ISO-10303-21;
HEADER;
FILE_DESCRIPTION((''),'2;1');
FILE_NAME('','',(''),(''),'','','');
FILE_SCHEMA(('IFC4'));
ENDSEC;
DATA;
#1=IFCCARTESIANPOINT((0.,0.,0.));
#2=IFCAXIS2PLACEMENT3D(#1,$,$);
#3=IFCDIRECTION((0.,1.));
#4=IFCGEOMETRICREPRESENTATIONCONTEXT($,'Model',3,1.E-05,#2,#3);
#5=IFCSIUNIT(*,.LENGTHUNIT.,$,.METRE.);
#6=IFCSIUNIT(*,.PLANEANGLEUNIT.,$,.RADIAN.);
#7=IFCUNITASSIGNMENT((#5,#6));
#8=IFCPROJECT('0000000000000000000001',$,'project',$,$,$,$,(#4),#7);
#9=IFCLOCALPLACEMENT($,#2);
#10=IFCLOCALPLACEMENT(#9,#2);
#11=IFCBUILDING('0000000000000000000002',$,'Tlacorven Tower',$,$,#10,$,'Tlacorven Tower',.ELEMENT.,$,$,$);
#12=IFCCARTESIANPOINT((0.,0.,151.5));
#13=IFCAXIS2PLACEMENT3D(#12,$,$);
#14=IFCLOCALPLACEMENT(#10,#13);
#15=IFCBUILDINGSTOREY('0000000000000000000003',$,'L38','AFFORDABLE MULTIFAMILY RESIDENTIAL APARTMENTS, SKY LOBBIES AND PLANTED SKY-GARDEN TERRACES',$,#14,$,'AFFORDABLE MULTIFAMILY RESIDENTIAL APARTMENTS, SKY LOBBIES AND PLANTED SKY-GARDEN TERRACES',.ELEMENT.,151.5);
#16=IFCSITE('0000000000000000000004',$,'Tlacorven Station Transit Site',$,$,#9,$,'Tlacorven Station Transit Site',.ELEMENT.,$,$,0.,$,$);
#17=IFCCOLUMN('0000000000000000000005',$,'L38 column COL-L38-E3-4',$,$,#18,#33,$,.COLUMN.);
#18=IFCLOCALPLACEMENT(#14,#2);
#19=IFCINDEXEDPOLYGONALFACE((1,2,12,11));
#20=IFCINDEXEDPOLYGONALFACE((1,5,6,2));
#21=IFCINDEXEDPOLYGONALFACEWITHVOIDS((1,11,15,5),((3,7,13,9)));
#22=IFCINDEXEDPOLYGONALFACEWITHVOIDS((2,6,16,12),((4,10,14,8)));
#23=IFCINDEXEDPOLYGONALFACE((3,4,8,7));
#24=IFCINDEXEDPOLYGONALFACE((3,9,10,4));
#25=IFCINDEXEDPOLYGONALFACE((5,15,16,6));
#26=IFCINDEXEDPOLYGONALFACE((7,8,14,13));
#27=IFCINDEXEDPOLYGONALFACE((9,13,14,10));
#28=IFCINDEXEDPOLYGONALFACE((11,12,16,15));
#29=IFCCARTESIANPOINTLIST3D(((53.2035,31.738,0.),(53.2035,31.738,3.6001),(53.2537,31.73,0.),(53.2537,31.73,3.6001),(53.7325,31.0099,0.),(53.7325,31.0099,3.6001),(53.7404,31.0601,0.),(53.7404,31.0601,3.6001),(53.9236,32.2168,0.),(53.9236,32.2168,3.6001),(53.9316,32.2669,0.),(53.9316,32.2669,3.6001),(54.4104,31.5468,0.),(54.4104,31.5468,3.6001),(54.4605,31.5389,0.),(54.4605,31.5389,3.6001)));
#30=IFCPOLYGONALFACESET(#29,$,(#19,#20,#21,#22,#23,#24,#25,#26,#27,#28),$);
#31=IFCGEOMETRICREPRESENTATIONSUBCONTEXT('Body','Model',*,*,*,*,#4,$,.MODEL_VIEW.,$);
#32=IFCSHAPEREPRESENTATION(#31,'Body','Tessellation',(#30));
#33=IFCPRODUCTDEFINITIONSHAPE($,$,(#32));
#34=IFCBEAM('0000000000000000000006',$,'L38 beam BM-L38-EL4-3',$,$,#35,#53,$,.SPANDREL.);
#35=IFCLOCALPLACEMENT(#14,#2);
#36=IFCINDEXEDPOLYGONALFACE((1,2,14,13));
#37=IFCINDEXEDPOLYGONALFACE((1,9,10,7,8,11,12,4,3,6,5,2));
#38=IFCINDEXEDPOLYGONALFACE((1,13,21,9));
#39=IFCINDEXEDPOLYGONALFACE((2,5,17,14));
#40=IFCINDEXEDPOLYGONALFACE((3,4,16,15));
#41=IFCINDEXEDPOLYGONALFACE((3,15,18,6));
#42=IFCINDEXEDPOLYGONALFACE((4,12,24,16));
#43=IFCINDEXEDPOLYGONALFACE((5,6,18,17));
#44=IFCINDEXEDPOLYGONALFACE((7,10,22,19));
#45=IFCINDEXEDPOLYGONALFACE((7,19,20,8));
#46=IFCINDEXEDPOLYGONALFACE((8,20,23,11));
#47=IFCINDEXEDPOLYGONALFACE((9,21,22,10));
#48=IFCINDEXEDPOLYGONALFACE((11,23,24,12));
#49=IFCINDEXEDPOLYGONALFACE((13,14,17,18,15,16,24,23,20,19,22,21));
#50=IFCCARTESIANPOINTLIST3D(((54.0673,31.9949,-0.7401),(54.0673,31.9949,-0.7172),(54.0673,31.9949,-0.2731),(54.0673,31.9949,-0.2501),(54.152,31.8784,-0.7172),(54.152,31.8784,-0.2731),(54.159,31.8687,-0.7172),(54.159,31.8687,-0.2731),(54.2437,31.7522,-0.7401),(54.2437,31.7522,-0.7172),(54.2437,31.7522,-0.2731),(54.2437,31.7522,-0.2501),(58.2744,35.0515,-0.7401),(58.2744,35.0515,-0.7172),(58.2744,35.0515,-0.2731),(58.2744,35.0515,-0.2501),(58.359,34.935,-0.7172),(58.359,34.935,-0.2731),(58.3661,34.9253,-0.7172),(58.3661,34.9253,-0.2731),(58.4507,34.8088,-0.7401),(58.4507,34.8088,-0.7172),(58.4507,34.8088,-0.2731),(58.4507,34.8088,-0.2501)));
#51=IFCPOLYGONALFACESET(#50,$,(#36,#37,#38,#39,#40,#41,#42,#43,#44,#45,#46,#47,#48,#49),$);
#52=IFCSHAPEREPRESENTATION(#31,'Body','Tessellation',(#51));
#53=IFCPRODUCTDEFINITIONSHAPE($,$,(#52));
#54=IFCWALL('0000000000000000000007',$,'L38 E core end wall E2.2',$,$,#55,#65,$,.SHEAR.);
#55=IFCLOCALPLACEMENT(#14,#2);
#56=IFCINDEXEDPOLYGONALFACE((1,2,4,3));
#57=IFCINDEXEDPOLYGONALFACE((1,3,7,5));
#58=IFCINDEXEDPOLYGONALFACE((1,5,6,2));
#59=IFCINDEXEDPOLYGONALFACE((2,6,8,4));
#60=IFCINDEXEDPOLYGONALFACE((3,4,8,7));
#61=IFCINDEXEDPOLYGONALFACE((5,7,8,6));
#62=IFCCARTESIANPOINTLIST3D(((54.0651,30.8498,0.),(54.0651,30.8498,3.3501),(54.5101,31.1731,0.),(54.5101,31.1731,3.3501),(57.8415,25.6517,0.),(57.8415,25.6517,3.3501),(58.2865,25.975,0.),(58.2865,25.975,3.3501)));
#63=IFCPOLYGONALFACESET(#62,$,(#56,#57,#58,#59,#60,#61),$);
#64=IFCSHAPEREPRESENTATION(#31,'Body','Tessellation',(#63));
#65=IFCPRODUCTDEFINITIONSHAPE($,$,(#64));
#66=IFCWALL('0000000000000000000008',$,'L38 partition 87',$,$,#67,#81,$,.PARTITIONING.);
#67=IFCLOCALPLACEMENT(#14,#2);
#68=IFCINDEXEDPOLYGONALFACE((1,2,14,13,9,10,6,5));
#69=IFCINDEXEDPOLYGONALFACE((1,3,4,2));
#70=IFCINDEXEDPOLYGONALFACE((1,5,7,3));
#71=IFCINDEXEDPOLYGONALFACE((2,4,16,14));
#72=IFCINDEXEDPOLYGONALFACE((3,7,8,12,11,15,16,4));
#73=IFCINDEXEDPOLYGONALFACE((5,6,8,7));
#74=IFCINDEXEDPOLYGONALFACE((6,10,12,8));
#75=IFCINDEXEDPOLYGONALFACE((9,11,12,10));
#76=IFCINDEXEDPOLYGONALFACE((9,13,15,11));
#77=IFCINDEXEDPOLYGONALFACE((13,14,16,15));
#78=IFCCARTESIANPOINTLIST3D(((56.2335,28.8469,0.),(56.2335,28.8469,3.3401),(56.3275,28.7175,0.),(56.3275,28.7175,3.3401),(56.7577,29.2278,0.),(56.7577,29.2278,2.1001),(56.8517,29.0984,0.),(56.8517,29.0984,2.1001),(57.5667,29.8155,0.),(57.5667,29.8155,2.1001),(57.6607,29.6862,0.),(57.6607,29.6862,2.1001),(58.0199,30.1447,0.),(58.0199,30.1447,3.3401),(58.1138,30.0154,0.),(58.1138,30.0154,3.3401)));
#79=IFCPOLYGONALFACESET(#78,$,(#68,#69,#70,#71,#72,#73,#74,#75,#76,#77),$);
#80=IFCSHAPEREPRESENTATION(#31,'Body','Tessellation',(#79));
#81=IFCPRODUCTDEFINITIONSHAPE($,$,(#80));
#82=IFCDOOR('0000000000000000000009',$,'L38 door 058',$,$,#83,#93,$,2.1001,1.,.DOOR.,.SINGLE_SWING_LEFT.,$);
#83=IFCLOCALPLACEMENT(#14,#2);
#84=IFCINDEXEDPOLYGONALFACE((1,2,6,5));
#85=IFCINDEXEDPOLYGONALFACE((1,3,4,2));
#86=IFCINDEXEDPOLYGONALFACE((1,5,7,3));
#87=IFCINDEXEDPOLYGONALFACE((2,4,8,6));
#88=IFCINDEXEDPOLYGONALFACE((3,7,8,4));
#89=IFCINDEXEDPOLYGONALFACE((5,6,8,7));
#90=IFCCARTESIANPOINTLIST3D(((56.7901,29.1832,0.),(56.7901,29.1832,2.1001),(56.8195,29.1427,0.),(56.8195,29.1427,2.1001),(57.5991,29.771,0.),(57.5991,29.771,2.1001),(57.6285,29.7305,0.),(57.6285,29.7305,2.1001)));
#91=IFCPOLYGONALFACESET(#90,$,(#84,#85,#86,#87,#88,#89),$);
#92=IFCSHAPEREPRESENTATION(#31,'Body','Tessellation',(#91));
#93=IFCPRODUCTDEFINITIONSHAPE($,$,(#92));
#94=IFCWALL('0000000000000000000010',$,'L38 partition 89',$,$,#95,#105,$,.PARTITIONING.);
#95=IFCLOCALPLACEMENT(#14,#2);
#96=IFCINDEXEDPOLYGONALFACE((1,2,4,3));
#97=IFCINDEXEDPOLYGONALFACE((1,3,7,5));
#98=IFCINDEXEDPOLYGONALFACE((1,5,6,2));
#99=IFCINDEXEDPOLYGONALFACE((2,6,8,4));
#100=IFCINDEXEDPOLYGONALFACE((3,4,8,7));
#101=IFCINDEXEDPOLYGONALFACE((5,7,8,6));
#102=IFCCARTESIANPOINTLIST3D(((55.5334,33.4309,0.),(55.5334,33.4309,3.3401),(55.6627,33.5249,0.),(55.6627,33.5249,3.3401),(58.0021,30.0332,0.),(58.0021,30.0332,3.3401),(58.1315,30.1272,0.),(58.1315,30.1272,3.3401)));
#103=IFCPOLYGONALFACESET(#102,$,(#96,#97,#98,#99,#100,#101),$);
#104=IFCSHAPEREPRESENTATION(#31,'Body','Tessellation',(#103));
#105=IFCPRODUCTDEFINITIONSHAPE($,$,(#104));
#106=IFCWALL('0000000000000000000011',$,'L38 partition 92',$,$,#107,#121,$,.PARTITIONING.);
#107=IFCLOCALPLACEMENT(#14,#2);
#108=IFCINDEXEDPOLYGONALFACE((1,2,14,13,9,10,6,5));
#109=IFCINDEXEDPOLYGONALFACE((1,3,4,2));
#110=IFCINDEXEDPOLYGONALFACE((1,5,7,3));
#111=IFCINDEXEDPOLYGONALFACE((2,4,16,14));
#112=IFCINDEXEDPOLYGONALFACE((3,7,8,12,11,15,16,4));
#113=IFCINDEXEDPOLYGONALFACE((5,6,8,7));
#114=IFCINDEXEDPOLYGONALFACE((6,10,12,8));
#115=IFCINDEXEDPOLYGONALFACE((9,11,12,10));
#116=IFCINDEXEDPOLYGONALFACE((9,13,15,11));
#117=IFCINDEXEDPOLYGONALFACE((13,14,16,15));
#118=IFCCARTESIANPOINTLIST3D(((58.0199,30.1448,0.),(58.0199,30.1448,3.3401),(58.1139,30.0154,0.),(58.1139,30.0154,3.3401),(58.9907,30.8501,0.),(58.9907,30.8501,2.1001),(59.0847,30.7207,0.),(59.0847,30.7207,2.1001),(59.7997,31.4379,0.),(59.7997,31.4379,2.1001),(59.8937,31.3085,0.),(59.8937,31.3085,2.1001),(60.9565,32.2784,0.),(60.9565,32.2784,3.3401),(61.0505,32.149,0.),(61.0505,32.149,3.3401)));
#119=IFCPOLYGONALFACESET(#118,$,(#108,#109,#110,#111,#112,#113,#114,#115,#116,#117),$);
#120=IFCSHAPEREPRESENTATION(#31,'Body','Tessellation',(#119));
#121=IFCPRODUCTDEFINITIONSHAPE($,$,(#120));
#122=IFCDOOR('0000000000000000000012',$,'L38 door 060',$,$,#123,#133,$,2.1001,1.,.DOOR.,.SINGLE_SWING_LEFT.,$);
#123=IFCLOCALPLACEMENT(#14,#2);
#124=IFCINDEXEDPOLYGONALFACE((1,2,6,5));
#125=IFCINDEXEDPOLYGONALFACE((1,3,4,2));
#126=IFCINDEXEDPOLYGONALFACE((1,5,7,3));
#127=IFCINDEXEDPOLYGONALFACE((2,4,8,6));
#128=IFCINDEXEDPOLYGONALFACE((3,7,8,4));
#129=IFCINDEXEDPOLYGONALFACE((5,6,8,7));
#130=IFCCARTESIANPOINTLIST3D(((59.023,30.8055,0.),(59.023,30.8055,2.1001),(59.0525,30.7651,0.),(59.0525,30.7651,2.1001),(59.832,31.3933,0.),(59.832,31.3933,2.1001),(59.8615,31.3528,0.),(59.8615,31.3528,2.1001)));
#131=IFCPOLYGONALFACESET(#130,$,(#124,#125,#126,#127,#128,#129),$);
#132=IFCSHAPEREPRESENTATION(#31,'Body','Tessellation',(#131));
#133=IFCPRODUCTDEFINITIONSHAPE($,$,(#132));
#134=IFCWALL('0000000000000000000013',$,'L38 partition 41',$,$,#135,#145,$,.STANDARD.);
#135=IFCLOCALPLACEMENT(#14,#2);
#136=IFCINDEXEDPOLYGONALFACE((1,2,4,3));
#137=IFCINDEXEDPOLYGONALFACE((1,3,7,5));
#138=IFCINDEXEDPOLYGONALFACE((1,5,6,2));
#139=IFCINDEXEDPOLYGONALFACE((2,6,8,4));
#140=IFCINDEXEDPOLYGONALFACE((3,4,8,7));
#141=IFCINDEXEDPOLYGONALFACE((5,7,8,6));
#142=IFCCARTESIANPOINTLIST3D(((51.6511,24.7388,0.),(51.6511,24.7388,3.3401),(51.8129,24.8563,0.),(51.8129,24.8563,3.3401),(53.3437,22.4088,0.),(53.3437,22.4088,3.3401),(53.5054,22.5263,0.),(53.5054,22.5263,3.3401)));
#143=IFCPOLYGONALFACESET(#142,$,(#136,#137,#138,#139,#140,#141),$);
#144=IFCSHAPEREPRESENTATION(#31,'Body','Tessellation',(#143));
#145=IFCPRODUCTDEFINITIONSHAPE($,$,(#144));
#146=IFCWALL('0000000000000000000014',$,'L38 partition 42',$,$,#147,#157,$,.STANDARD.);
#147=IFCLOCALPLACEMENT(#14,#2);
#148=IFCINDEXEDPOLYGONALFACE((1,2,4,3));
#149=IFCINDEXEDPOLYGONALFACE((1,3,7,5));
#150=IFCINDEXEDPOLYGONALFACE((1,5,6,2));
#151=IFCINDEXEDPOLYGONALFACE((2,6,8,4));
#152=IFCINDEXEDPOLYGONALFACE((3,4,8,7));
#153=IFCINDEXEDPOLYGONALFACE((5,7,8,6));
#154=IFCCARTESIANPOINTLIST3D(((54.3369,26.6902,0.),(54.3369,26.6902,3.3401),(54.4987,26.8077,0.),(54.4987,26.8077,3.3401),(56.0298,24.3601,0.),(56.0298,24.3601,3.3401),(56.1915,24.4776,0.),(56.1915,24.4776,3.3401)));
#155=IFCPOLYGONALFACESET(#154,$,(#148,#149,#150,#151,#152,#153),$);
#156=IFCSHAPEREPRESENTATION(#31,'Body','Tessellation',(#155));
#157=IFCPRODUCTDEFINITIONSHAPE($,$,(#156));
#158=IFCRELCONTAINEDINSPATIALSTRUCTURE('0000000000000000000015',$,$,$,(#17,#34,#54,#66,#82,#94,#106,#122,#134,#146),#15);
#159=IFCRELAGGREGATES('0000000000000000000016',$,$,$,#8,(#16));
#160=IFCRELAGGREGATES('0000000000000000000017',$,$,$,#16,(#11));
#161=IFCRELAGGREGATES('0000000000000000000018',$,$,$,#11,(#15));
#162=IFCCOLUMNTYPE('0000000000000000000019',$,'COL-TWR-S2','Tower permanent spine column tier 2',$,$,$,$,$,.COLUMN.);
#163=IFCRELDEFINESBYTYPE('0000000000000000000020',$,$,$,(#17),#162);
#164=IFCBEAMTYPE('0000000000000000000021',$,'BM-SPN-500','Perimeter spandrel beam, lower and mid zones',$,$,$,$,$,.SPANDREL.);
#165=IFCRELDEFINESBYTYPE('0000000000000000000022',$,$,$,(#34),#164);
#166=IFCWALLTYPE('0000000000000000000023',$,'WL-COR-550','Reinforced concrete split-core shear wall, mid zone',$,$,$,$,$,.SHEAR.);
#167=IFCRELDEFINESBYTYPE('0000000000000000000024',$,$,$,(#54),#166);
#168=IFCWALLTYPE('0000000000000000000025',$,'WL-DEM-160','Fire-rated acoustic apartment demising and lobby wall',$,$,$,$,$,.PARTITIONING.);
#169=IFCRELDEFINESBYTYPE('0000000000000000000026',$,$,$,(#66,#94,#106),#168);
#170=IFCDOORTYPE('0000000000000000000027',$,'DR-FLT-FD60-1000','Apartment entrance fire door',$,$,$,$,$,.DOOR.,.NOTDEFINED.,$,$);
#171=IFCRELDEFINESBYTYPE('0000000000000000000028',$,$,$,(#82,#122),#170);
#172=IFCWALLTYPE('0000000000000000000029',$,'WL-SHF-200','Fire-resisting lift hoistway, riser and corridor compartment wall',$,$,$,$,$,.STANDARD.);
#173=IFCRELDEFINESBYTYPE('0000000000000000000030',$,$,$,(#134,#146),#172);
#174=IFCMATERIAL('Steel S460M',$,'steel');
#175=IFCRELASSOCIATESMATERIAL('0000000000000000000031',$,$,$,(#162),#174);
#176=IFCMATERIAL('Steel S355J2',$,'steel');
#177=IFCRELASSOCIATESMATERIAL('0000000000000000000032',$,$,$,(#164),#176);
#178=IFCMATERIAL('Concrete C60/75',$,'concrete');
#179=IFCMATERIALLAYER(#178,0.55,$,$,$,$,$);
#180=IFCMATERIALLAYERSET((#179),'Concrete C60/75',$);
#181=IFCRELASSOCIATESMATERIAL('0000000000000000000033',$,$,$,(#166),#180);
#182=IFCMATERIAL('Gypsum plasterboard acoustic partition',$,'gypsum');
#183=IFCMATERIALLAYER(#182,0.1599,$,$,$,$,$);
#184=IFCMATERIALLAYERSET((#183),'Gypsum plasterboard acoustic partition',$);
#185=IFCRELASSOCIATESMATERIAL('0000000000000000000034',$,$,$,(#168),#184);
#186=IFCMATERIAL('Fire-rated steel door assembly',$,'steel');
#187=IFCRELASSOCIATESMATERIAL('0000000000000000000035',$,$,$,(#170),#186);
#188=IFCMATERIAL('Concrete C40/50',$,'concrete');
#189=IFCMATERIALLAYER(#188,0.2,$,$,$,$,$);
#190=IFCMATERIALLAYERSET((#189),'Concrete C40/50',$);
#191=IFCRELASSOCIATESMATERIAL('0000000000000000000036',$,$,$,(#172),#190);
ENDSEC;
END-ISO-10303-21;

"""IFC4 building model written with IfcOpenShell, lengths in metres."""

from ifc_helpers import new_model, si_unit, direction, frame, frame_2d, origin, origin_2d, place, context, subcontext, project, spatial, rectangle, hollow_rectangle, i_section, extrude, source, transform, mapped, material, layer, layer_set, material_profile, profile_set, type_object, element, fill, save


model = new_model("IFC4")

# Units and contexts
model_context = context("Model", 3, precision=1e-05, world=origin(), true_north=direction((0.0, 1.0)))
body_context = subcontext(model_context, "Body", "Model", "MODEL_VIEW")
ifc_project = project(units=[si_unit("LENGTHUNIT", "METRE"), si_unit("PLANEANGLEUNIT", "RADIAN")], contexts=[model_context])

# Site, building, storey
site_placement = place(None, origin())
site = spatial("IfcSite", under=ifc_project, at=site_placement, Name="Tlacorven Station Transit Site", LongName="Tlacorven Station Transit Site", CompositionType="ELEMENT", RefElevation=0.0)
building_placement = place(site_placement, origin())
building = spatial("IfcBuilding", under=site, at=building_placement, Name="Tlacorven Tower", LongName="Tlacorven Tower", CompositionType="ELEMENT")
storey_placement = place(building_placement, frame((0.0, 0.0, 151.5)))
storey = spatial("IfcBuildingStorey", under=building, at=storey_placement, Name="L38", Description="AFFORDABLE MULTIFAMILY RESIDENTIAL APARTMENTS, SKY LOBBIES AND PLANTED SKY-GARDEN TERRACES", LongName="AFFORDABLE MULTIFAMILY RESIDENTIAL APARTMENTS, SKY LOBBIES AND PLANTED SKY-GARDEN TERRACES", CompositionType="ELEMENT", Elevation=151.5)

# Column
ifc_material_1 = material(Name="Steel S460M", Category="steel")
ifc_material_profile_1 = material_profile(ifc_material_1, hollow_rectangle(XDim=0.8999, YDim=0.8999, WallThickness=0.0359, at=origin_2d()), Name="BOX 900X900X36")
ifc_profile_set_1 = profile_set([ifc_material_profile_1], Name="Steel S460M")
column_type = type_object("IfcColumnType", Name="COL-TWR-S2", Description="Tower permanent spine column tier 2", PredefinedType="COLUMN", material=ifc_profile_set_1)
shared_shape_1 = source(origin(), body_context, "Body", "SweptSolid", [
    extrude(hollow_rectangle(XDim=0.8999, YDim=0.8999, WallThickness=0.0359, at=origin_2d()), origin(), (0.0, 0.0, 1.0), 3.6001),
])
column_placement = place(storey_placement, frame((53.832, 31.6384, 0.0), z_axis=(0.0, 0.0, 1.0), x_axis=(0.809017, 0.587785, 0.0)))
element("IfcColumn", 1, at=column_placement, inside=storey, type_object=column_type, Name="L38 column COL-L38-E3-4", PredefinedType="COLUMN", context=body_context, shape_type="MappedRepresentation", body=[
    mapped(shared_shape_1, transform((0.0, 0.0, 0.0), scale=1.0)),
])

# Beam
ifc_material_2 = material(Name="Steel S355J2", Category="steel")
ifc_material_profile_2 = material_profile(ifc_material_2, i_section(OverallWidth=0.3, OverallDepth=0.49, WebThickness=0.012, FlangeThickness=0.0229, at=origin_2d()), Name="HEA 500")
ifc_profile_set_2 = profile_set([ifc_material_profile_2], Name="Steel S355J2")
beam_type = type_object("IfcBeamType", Name="BM-SPN-500", Description="Perimeter spandrel beam, lower and mid zones", PredefinedType="SPANDREL", material=ifc_profile_set_2)
shared_shape_2 = source(origin(), body_context, "Body", "SweptSolid", [
    extrude(i_section(OverallWidth=0.3, OverallDepth=0.49, WebThickness=0.012, FlangeThickness=0.0229, at=origin_2d()), origin(), (0.0, 0.0, 1.0), 5.2002),
])
beam_placement = place(storey_placement, frame((54.1555, 31.8735, -0.4951), z_axis=(0.809012, 0.587792, 0.0), x_axis=(-0.587792, 0.809012, 0.0)))
element("IfcBeam", 2, at=beam_placement, inside=storey, type_object=beam_type, Name="L38 beam BM-L38-EL4-3", PredefinedType="SPANDREL", context=body_context, shape_type="MappedRepresentation", body=[
    mapped(shared_shape_2, transform((0.0, 0.0, 0.0), scale=1.0)),
])

# Wall
ifc_material_3 = material(Name="Concrete C60/75", Category="concrete")
ifc_layer_1 = layer(ifc_material_3, 0.55)
ifc_layer_set_1 = layer_set([ifc_layer_1], Name="Concrete C60/75")
wall_type_1 = type_object("IfcWallType", Name="WL-COR-550", Description="Reinforced concrete split-core shear wall, mid zone", PredefinedType="SHEAR", material=ifc_layer_set_1)
wall_1_placement = place(storey_placement, frame((58.064, 25.8135, 0.0), z_axis=(0.0, 0.0, 1.0), x_axis=(-0.587765, 0.809032, 0.0)))
element("IfcWall", 3, at=wall_1_placement, inside=storey, type_object=wall_type_1, Name="L38 E core end wall E2.2", PredefinedType="SHEAR", context=body_context, shape_type="SweptSolid", body=[
    extrude(rectangle(XDim=6.425, YDim=0.55, at=frame_2d((3.2124, 0.0))), origin(), (0.0, 0.0, 1.0), 3.3501),
])

# Wall, opening, door
ifc_material_4 = material(Name="Gypsum plasterboard acoustic partition", Category="gypsum")
ifc_layer_2 = layer(ifc_material_4, 0.1599)
ifc_layer_set_2 = layer_set([ifc_layer_2], Name="Gypsum plasterboard acoustic partition")
wall_type_2 = type_object("IfcWallType", Name="WL-DEM-160", Description="Fire-rated acoustic apartment demising and lobby wall", PredefinedType="PARTITIONING", material=ifc_layer_set_2)
wall_2_placement = place(storey_placement, frame((56.2805, 28.7822, 0.0), z_axis=(0.0, 0.0, 1.0), x_axis=(0.809023, 0.587777, 0.0)))
wall_2 = element("IfcWall", 4, at=wall_2_placement, inside=storey, type_object=wall_type_2, Name="L38 partition 87", PredefinedType="PARTITIONING", context=body_context, shape_type="SweptSolid", body=[
    extrude(rectangle(XDim=2.208, YDim=0.1599, at=frame_2d((1.104, 0.0))), origin(), (0.0, 0.0, 1.0), 3.3401),
])
opening_1_placement = place(wall_2_placement, frame((0.6479, 0.0, 0.0)))
opening_1 = element("IfcOpeningElement", 5, at=opening_1_placement, cuts=wall_2, PredefinedType="OPENING", context=body_context, shape_type="SweptSolid", body=[
    extrude(rectangle(XDim=1.0, YDim=2.1001, at=frame_2d((0.5, 1.05))), frame((0.0, 0.0898, 0.0), z_axis=(0.0, -1.0, 0.0), x_axis=(1.0, 0.0, 0.0)), (0.0, 0.0, 1.0), 0.1799),
])
ifc_material_5 = material(Name="Fire-rated steel door assembly", Category="steel")
door_type_1 = type_object("IfcDoorType", Name="DR-FLT-FD60-1000", Description="Apartment entrance fire door", OperationType="NOTDEFINED", PredefinedType="DOOR", material=ifc_material_5)
shared_shape_3 = source(origin(), body_context, "Body", "SweptSolid", [
    extrude(rectangle(XDim=1.0, YDim=2.1001, at=frame_2d((0.5, 1.05))), frame((0.0, 0.0249, 0.0), z_axis=(0.0, -1.0, 0.0), x_axis=(1.0, 0.0, 0.0)), (0.0, 0.0, 1.0), 0.05),
])
door_1_placement = place(opening_1_placement, origin())
door_1 = element("IfcDoor", 6, at=door_1_placement, inside=storey, type_object=door_type_1, Name="L38 door 058", OperationType="SINGLE_SWING_LEFT", OverallHeight=2.1001, OverallWidth=1.0, PredefinedType="DOOR", context=body_context, shape_type="MappedRepresentation", body=[
    mapped(shared_shape_3, transform((0.0, 0.0, 0.0), scale=1.0)),
])
fill(opening_1, door_1)

# Wall
wall_3_placement = place(storey_placement, frame((58.0669, 30.0801, 0.0), z_axis=(0.0, 0.0, 1.0), x_axis=(-0.587812, 0.808997, 0.0)))
element("IfcWall", 7, at=wall_3_placement, inside=storey, type_object=wall_type_2, Name="L38 partition 89", PredefinedType="PARTITIONING", context=body_context, shape_type="SweptSolid", body=[
    extrude(rectangle(XDim=4.2, YDim=0.1599, at=frame_2d((2.1001, 0.0))), origin(), (0.0, 0.0, 1.0), 3.3401),
])

# Wall, opening, door
wall_4_placement = place(storey_placement, frame((58.0669, 30.0801, 0.0), z_axis=(0.0, 0.0, 1.0), x_axis=(0.809012, 0.587792, 0.0)))
wall_4 = element("IfcWall", 8, at=wall_4_placement, inside=storey, type_object=wall_type_2, Name="L38 partition 92", PredefinedType="PARTITIONING", context=body_context, shape_type="SweptSolid", body=[
    extrude(rectangle(XDim=3.6299, YDim=0.1599, at=frame_2d((1.8149, 0.0))), origin(), (0.0, 0.0, 1.0), 3.3401),
])
opening_2_placement = place(wall_4_placement, frame((1.2, 0.0, 0.0)))
opening_2 = element("IfcOpeningElement", 9, at=opening_2_placement, cuts=wall_4, PredefinedType="OPENING", context=body_context, shape_type="SweptSolid", body=[
    extrude(rectangle(XDim=1.0, YDim=2.1001, at=frame_2d((0.5, 1.05))), frame((0.0, 0.0898, 0.0), z_axis=(0.0, -1.0, 0.0), x_axis=(1.0, 0.0, 0.0)), (0.0, 0.0, 1.0), 0.1799),
])
door_2_placement = place(opening_2_placement, origin())
door_2 = element("IfcDoor", 10, at=door_2_placement, inside=storey, type_object=door_type_1, Name="L38 door 060", OperationType="SINGLE_SWING_LEFT", OverallHeight=2.1001, OverallWidth=1.0, PredefinedType="DOOR", context=body_context, shape_type="MappedRepresentation", body=[
    mapped(shared_shape_3, transform((0.0, 0.0, 0.0), scale=1.0)),
])
fill(opening_2, door_2)

# Shared definitions
ifc_material_6 = material(Name="Concrete C40/50", Category="concrete")
ifc_layer_3 = layer(ifc_material_6, 0.2)
ifc_layer_set_3 = layer_set([ifc_layer_3], Name="Concrete C40/50")
wall_type_3 = type_object("IfcWallType", Name="WL-SHF-200", Description="Fire-resisting lift hoistway, riser and corridor compartment wall", PredefinedType="STANDARD", material=ifc_layer_set_3)

# Walls
wall_5_placement = place(storey_placement, frame((53.4246, 22.4675, 0.0), z_axis=(0.0, 0.0, 1.0), x_axis=(-0.587723, 0.809062, 0.0)))
element("IfcWall", 11, at=wall_5_placement, inside=storey, type_object=wall_type_3, Name="L38 partition 41", PredefinedType="STANDARD", context=body_context, shape_type="SweptSolid", body=[
    extrude(rectangle(XDim=2.8799, YDim=0.2, at=frame_2d((1.4399, 0.0))), origin(), (0.0, 0.0, 1.0), 3.3401),
])
wall_6_placement = place(storey_placement, frame((56.1106, 24.4189, 0.0), z_axis=(0.0, 0.0, 1.0), x_axis=(-0.587778, 0.809022, 0.0)))
element("IfcWall", 12, at=wall_6_placement, inside=storey, type_object=wall_type_3, Name="L38 partition 42", PredefinedType="STANDARD", context=body_context, shape_type="SweptSolid", body=[
    extrude(rectangle(XDim=2.8801, YDim=0.2, at=frame_2d((1.4399, 0.0))), origin(), (0.0, 0.0, 1.0), 3.3401),
])

save(model, "model.ifc")
